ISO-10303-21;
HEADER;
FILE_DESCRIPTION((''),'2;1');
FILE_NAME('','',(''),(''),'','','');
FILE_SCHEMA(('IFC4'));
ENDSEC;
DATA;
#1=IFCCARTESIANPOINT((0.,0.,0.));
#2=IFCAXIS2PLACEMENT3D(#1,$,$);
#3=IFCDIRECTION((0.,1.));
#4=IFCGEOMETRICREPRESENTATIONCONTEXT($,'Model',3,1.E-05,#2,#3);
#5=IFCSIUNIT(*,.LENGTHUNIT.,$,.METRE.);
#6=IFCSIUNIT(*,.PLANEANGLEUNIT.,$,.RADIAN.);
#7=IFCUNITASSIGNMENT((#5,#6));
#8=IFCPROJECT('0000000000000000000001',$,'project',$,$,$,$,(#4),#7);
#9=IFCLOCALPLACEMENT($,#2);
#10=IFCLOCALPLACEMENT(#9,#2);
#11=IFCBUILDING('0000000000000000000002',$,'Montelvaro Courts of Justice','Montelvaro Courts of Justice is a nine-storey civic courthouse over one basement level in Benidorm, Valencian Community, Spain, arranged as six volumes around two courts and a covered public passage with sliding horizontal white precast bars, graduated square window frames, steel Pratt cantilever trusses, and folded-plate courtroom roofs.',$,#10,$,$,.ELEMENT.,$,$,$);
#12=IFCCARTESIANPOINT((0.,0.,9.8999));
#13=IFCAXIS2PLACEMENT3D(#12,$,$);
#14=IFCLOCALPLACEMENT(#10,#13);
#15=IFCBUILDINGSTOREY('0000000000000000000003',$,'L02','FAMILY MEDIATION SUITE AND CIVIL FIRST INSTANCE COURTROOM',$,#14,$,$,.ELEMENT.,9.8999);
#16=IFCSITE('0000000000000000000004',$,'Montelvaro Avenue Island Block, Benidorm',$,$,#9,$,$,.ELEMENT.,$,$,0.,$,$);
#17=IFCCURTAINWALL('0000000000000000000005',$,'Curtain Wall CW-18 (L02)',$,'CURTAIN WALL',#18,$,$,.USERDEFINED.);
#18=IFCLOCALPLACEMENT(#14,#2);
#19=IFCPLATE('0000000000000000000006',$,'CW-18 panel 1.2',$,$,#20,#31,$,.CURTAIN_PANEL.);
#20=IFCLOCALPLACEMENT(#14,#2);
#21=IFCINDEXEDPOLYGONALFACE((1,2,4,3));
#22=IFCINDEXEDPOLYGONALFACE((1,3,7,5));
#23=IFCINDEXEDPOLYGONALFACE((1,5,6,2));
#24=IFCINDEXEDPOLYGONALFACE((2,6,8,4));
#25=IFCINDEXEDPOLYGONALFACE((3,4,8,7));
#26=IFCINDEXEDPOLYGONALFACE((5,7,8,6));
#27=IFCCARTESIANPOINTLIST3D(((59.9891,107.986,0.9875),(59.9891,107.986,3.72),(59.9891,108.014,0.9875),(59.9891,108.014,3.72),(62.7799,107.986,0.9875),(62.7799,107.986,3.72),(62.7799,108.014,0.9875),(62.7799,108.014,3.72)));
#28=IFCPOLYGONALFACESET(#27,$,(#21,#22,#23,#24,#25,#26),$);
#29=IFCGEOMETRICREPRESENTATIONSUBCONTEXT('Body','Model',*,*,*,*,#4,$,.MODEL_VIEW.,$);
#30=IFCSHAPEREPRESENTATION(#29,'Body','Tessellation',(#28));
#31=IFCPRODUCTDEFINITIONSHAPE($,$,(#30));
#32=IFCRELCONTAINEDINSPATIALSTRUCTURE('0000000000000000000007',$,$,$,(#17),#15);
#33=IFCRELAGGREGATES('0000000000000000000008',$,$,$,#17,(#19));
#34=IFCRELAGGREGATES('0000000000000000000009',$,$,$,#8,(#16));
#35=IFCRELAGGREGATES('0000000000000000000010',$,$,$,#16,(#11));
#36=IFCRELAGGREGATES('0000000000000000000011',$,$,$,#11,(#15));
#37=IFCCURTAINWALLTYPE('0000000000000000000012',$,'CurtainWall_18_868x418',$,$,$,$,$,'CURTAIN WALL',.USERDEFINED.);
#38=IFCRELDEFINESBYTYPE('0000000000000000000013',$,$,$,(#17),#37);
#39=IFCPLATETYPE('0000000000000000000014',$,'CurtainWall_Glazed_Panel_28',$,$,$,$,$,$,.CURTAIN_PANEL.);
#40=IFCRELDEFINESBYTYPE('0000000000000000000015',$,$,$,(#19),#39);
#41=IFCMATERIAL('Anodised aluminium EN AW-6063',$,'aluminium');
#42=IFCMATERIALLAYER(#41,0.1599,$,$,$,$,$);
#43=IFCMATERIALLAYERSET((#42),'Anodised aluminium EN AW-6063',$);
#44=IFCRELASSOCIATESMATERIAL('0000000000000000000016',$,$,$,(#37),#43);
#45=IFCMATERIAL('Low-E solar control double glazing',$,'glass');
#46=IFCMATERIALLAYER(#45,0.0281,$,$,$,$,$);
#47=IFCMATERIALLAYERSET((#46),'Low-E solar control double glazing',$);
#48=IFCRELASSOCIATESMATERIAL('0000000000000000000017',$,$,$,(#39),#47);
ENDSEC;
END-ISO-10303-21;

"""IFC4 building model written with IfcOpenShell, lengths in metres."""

from ifc_helpers import new_model, si_unit, direction, frame, origin, origin_2d, place, context, subcontext, project, spatial, rectangle, extrude, material, layer, layer_set, type_object, element, aggregate, save


model = new_model("IFC4")

# Units and contexts
model_context = context("Model", 3, precision=1e-05, world=origin(), true_north=direction((0.0, 1.0)))
body_context = subcontext(model_context, "Body", "Model", "MODEL_VIEW")
ifc_project = project(units=[si_unit("LENGTHUNIT", "METRE"), si_unit("PLANEANGLEUNIT", "RADIAN")], contexts=[model_context])

# Site, building, storey
site_placement = place(None, origin())
site = spatial("IfcSite", under=ifc_project, at=site_placement, Name="Montelvaro Avenue Island Block, Benidorm", CompositionType="ELEMENT", RefElevation=0.0)
building_placement = place(site_placement, origin())
building = spatial("IfcBuilding", under=site, at=building_placement, Name="Montelvaro Courts of Justice", Description="Montelvaro Courts of Justice is a nine-storey civic courthouse over one basement level in Benidorm, Valencian Community, Spain, arranged as six volumes around two courts and a covered public passage with sliding horizontal white precast bars, graduated square window frames, steel Pratt cantilever trusses, and folded-plate courtroom roofs.", CompositionType="ELEMENT")
storey_placement = place(building_placement, frame((0.0, 0.0, 9.8999)))
storey = spatial("IfcBuildingStorey", under=building, at=storey_placement, Name="L02", Description="FAMILY MEDIATION SUITE AND CIVIL FIRST INSTANCE COURTROOM", CompositionType="ELEMENT", Elevation=9.8999)

# Curtain wall
ifc_material_1 = material(Name="Anodised aluminium EN AW-6063", Category="aluminium")
ifc_layer_1 = layer(ifc_material_1, 0.1599)
ifc_layer_set_1 = layer_set([ifc_layer_1], Name="Anodised aluminium EN AW-6063")
curtain_wall_type = type_object("IfcCurtainWallType", Name="CurtainWall_18_868x418", ElementType="CURTAIN WALL", PredefinedType="USERDEFINED", material=ifc_layer_set_1)
curtain_wall_1_placement = place(storey_placement, origin())
curtain_wall_1 = element("IfcCurtainWall", 1, at=curtain_wall_1_placement, inside=storey, type_object=curtain_wall_type, Name="Curtain Wall CW-18 (L02)", ObjectType="CURTAIN WALL", PredefinedType="USERDEFINED")

# Plate
ifc_material_2 = material(Name="Low-E solar control double glazing", Category="glass")
ifc_layer_2 = layer(ifc_material_2, 0.0281)
ifc_layer_set_2 = layer_set([ifc_layer_2], Name="Low-E solar control double glazing")
plate_type = type_object("IfcPlateType", Name="CurtainWall_Glazed_Panel_28", PredefinedType="CURTAIN_PANEL", material=ifc_layer_set_2)
plate_1_placement = place(storey_placement, frame((61.3845, 108.0, 0.9875), z_axis=(0.0, 0.0, 1.0), x_axis=(-1.0, 0.0, 0.0)))
plate_1 = element("IfcPlate", 2, at=plate_1_placement, type_object=plate_type, Name="CW-18 panel 1.2", PredefinedType="CURTAIN_PANEL", context=body_context, shape_type="SweptSolid", body=[
    extrude(rectangle(XDim=2.7908, YDim=0.0281, at=origin_2d()), origin(), (0.0, 0.0, 1.0), 2.7324),
])
aggregate(curtain_wall_1, [plate_1])

save(model, "model.ifc")
